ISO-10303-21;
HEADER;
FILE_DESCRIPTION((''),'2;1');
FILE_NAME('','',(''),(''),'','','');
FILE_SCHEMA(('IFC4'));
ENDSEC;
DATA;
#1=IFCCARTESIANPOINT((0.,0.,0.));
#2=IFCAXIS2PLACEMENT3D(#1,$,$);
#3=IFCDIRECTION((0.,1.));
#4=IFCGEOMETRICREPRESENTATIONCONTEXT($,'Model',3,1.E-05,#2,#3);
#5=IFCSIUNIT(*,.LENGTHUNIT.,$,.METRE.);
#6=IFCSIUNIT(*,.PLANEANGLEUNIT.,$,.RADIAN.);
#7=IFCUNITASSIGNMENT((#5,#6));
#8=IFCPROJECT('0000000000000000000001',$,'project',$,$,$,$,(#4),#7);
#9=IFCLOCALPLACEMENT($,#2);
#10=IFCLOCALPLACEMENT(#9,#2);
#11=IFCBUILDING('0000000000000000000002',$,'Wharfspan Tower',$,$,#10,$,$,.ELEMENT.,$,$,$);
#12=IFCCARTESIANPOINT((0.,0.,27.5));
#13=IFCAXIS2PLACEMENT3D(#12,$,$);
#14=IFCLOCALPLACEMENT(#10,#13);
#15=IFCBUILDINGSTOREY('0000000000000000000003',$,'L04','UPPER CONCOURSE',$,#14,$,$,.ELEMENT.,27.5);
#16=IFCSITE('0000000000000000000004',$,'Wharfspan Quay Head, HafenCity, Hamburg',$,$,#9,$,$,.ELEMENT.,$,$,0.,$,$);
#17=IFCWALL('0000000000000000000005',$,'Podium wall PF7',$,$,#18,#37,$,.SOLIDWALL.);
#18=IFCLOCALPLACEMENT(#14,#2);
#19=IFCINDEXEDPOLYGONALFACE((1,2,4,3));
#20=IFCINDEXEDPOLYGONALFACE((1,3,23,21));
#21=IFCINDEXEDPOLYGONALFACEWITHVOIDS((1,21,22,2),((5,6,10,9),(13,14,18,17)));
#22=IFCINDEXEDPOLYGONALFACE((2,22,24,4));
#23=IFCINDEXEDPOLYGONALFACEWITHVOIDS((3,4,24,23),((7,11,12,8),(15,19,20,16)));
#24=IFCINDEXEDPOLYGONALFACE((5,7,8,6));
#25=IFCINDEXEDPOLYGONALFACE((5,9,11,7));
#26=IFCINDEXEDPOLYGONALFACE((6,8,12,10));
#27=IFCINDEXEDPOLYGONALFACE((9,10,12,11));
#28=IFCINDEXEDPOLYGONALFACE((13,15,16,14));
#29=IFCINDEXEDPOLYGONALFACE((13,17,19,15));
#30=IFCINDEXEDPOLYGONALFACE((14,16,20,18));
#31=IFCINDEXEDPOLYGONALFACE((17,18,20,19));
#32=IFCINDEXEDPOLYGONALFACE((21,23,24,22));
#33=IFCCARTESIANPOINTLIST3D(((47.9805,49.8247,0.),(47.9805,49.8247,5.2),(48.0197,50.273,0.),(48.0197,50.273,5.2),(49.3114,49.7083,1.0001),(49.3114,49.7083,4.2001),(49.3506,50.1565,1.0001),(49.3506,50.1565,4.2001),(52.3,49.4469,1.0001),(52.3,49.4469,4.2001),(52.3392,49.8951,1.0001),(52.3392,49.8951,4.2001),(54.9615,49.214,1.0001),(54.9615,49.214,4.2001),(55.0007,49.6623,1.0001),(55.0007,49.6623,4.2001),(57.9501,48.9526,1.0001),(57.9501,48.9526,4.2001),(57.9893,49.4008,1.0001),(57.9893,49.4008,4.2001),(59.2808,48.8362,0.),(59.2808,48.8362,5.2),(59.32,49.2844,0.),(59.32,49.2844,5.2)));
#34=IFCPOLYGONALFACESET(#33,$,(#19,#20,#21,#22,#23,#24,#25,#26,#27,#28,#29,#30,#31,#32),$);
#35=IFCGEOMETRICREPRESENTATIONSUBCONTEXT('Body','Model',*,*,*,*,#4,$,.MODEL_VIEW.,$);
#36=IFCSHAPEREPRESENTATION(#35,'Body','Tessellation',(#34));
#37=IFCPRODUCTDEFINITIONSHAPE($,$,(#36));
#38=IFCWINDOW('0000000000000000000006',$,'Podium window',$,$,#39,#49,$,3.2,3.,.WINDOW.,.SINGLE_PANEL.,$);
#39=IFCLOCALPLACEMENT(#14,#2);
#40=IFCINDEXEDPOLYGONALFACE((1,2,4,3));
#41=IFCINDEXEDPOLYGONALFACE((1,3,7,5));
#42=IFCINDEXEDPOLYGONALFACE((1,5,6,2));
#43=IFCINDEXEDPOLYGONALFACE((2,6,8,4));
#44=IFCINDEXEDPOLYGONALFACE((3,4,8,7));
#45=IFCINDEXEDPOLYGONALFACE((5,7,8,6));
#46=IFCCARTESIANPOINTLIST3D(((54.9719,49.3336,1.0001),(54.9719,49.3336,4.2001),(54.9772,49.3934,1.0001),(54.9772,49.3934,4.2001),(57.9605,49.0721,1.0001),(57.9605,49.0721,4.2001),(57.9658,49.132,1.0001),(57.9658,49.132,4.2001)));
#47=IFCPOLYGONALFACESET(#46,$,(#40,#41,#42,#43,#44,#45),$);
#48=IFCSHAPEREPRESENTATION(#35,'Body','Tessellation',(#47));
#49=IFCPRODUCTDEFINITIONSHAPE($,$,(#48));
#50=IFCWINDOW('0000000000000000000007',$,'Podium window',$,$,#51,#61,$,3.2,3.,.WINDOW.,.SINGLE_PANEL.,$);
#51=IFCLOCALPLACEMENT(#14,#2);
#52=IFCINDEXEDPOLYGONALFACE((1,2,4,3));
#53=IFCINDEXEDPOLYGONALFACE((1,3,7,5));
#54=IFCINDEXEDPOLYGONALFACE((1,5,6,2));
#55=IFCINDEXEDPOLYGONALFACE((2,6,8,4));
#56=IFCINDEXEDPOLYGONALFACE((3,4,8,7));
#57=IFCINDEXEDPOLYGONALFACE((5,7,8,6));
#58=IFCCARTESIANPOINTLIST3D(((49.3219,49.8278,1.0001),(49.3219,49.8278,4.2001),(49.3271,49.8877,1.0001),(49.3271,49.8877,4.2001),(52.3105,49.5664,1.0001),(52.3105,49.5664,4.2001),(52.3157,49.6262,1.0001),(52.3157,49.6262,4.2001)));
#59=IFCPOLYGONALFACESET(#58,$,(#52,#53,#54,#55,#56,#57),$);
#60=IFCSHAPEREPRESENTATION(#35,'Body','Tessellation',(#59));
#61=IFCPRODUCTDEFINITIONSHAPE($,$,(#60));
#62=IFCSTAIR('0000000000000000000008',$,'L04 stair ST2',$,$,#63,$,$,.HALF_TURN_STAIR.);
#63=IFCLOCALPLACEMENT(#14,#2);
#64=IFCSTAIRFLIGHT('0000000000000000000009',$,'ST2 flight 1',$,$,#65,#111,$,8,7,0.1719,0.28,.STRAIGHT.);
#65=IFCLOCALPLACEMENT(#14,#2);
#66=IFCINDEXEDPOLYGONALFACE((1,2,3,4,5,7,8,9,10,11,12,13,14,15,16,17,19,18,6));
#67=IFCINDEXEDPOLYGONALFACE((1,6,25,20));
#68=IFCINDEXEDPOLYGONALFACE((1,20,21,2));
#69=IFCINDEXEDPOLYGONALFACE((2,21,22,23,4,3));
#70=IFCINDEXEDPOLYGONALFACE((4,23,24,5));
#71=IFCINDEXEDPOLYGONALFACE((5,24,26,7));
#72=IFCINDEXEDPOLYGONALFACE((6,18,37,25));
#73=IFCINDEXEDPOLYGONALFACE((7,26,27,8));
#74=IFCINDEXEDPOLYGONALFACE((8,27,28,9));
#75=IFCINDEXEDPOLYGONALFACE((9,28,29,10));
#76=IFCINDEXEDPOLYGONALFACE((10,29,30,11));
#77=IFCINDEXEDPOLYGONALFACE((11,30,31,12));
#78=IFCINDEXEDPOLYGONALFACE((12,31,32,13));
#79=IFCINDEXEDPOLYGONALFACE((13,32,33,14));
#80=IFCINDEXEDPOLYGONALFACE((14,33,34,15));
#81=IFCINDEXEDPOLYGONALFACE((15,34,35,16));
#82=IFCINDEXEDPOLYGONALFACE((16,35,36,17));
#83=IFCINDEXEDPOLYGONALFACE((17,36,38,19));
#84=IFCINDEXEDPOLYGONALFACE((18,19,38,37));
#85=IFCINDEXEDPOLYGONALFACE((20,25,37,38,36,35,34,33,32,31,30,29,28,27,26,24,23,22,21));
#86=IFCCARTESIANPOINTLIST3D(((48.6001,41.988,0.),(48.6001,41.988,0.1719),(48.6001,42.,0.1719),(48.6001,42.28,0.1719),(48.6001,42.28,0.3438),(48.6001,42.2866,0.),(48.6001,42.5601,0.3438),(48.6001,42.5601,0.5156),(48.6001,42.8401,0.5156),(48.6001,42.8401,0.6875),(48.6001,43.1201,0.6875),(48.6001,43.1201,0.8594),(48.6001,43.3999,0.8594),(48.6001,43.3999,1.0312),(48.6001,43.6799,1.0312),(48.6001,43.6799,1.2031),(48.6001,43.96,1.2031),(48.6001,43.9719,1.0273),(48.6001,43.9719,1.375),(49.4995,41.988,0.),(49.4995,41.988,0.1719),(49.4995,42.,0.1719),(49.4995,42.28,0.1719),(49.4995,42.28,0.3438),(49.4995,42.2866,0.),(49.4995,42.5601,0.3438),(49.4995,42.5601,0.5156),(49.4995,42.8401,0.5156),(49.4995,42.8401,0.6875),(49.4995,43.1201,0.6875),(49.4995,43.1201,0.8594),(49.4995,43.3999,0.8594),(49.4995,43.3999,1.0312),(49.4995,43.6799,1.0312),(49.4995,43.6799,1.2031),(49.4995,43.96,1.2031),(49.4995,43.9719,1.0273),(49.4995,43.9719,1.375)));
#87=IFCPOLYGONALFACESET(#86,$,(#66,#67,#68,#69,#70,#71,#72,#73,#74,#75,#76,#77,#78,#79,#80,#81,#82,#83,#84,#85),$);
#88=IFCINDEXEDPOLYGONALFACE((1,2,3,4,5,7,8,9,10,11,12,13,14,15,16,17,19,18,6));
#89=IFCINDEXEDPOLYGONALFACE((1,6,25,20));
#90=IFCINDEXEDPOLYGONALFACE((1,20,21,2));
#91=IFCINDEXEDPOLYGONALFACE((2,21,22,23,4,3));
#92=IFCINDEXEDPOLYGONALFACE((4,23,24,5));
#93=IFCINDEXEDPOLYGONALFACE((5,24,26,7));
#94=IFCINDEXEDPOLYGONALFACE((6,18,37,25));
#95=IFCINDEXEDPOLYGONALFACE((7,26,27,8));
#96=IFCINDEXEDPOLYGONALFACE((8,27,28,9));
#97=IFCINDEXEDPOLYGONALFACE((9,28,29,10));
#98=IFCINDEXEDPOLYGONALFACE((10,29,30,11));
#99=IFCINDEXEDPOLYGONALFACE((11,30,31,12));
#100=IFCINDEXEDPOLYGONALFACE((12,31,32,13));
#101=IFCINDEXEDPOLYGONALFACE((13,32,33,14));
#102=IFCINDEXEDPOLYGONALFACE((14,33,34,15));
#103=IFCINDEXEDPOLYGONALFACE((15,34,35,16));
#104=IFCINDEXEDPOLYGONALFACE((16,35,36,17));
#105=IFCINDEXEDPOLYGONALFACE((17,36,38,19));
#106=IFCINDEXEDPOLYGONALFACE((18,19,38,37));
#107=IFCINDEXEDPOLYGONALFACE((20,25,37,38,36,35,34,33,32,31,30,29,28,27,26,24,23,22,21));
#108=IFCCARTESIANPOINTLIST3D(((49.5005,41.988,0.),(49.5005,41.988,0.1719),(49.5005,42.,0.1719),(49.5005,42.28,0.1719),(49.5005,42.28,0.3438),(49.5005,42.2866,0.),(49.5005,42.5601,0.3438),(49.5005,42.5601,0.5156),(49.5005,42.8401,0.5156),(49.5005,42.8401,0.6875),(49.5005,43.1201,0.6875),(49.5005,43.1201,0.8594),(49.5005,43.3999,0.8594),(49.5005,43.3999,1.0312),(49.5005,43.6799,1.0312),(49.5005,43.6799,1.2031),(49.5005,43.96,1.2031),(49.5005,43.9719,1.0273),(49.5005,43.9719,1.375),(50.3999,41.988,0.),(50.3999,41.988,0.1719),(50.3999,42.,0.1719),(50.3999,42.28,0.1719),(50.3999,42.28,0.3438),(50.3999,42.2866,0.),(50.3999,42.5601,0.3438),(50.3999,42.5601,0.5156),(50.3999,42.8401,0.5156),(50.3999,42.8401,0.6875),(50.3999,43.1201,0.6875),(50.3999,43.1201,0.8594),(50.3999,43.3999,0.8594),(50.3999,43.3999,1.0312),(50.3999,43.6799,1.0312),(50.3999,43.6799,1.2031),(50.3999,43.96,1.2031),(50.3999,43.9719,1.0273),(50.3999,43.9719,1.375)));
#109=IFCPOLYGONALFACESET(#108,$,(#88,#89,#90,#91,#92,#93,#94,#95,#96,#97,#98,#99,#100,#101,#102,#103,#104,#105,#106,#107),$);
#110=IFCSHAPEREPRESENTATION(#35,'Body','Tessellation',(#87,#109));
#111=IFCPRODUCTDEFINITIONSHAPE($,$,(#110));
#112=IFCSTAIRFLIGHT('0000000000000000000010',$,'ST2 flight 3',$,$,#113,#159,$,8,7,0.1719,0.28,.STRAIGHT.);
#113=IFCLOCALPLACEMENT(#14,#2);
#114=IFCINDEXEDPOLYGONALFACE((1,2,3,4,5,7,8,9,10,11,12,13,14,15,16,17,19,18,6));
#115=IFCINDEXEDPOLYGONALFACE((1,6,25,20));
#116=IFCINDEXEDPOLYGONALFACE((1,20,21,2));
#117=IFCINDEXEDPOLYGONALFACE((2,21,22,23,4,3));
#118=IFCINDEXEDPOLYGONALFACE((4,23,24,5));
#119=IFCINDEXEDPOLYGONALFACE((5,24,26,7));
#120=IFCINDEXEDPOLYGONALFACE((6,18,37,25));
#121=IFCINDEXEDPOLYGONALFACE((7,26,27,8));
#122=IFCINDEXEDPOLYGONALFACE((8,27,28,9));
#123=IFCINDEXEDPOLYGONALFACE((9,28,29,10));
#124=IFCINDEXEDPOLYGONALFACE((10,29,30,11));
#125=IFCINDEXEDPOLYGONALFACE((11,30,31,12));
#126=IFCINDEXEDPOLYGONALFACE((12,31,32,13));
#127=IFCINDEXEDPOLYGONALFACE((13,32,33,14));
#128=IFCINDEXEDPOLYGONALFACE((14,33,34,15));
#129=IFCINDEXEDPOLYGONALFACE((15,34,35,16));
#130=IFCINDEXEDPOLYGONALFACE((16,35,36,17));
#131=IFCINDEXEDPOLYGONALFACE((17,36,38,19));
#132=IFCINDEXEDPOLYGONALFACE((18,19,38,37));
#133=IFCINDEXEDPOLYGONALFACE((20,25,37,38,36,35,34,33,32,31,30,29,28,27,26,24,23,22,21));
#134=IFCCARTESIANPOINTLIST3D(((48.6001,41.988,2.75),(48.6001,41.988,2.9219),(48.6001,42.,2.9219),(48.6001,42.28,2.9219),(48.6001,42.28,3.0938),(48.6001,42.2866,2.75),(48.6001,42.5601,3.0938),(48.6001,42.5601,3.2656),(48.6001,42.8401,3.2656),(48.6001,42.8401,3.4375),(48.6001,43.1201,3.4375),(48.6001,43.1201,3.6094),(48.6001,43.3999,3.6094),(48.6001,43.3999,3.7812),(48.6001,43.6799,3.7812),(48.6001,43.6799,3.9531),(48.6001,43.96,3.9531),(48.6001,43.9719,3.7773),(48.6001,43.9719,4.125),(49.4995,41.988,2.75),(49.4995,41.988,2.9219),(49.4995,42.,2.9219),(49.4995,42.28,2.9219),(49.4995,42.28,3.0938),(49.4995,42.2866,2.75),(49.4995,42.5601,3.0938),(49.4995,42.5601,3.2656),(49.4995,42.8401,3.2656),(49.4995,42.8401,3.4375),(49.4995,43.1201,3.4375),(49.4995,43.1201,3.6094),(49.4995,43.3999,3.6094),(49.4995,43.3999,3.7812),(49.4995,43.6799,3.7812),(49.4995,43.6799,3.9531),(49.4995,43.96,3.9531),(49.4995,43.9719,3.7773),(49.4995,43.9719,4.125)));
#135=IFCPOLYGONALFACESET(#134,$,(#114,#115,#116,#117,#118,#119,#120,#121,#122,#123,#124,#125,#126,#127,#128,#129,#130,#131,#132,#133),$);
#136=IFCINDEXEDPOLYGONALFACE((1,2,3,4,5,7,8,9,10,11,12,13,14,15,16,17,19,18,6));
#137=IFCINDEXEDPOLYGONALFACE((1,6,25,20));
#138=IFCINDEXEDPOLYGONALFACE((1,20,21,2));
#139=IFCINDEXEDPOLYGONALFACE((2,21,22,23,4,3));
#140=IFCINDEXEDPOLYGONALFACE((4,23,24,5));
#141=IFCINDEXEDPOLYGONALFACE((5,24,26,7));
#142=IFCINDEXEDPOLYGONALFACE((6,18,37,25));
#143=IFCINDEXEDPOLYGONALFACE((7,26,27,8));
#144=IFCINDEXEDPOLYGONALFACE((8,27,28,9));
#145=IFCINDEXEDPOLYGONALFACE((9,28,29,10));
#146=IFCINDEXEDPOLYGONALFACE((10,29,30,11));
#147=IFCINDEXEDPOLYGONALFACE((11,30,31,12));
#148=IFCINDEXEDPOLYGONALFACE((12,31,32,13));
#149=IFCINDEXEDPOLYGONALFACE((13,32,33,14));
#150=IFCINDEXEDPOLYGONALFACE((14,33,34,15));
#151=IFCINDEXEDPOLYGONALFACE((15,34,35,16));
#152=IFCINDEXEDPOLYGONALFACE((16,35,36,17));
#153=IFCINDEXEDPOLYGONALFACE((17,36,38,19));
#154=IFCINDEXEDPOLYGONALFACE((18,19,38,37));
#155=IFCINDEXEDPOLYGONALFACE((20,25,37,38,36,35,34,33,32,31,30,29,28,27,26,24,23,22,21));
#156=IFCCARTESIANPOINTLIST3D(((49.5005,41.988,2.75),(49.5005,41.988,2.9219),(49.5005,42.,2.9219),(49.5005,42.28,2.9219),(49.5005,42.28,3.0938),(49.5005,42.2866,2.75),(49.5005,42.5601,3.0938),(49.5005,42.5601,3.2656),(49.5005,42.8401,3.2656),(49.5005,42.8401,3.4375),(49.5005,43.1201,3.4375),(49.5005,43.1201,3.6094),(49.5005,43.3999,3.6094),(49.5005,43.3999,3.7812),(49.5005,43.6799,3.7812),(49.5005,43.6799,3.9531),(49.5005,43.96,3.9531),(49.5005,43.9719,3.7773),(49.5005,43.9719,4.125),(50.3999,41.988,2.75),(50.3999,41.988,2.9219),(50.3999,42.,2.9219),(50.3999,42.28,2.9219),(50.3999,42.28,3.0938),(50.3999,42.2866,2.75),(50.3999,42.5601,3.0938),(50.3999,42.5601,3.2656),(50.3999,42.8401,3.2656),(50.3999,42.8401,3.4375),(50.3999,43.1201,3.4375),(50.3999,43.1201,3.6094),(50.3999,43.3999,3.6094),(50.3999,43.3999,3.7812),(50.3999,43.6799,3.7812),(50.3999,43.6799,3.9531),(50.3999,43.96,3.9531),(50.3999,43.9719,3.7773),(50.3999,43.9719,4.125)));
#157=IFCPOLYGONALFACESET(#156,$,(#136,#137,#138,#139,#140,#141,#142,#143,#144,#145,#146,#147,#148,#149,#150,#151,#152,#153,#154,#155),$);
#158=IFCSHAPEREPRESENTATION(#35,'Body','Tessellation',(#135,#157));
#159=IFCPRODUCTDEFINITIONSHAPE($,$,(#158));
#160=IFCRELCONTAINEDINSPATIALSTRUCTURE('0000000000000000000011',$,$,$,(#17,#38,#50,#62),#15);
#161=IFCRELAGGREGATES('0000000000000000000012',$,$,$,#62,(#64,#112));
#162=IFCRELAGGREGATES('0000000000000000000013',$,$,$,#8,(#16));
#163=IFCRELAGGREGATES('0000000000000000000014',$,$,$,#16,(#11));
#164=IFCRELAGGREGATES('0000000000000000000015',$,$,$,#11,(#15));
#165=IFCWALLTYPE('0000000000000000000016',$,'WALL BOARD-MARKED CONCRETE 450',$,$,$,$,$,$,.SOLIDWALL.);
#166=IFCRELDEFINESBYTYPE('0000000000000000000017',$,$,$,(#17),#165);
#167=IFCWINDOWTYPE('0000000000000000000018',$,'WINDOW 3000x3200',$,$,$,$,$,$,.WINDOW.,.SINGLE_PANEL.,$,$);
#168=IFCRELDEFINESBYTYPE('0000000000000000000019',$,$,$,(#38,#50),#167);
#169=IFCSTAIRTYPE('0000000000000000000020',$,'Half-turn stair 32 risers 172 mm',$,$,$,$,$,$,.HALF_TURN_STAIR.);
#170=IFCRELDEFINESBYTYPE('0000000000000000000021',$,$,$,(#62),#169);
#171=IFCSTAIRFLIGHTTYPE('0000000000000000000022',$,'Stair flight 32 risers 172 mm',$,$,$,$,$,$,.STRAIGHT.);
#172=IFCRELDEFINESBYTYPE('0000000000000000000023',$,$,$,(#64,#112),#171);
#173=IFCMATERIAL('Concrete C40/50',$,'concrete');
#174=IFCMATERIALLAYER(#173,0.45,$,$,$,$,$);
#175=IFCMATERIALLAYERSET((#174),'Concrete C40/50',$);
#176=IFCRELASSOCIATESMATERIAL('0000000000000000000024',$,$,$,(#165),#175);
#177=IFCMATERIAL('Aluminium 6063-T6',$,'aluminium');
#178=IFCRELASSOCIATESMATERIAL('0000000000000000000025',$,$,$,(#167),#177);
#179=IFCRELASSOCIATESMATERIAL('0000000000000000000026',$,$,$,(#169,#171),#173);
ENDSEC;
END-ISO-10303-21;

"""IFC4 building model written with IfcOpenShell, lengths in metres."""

from ifc_helpers import new_model, si_unit, direction, frame, frame_2d, origin, place, context, subcontext, project, spatial, polyline, rectangle, outline, extrude, material, layer, layer_set, type_object, element, fill, aggregate, save


model = new_model("IFC4")

# Units and contexts
model_context = context("Model", 3, precision=1e-05, world=origin(), true_north=direction((0.0, 1.0)))
body_context = subcontext(model_context, "Body", "Model", "MODEL_VIEW")
ifc_project = project(units=[si_unit("LENGTHUNIT", "METRE"), si_unit("PLANEANGLEUNIT", "RADIAN")], contexts=[model_context])

# Site, building, storey
site_placement = place(None, origin())
site = spatial("IfcSite", under=ifc_project, at=site_placement, Name="Wharfspan Quay Head, HafenCity, Hamburg", CompositionType="ELEMENT", RefElevation=0.0)
building_placement = place(site_placement, origin())
building = spatial("IfcBuilding", under=site, at=building_placement, Name="Wharfspan Tower", CompositionType="ELEMENT")
storey_placement = place(building_placement, frame((0.0, 0.0, 27.5)))
storey = spatial("IfcBuildingStorey", under=building, at=storey_placement, Name="L04", Description="UPPER CONCOURSE", CompositionType="ELEMENT", Elevation=27.5)

# Wall, openings, windows
ifc_material_1 = material(Name="Concrete C40/50", Category="concrete")
ifc_layer_1 = layer(ifc_material_1, 0.45)
ifc_layer_set_1 = layer_set([ifc_layer_1], Name="Concrete C40/50")
wall_type_1 = type_object("IfcWallType", Name="WALL BOARD-MARKED CONCRETE 450", PredefinedType="SOLIDWALL", material=ifc_layer_set_1)
wall_1_placement = place(storey_placement, frame((59.3005, 49.0603, 0.0), z_axis=(0.0, 0.0, 1.0), x_axis=(-0.996195, 0.087145, 0.0)))
wall_1 = element("IfcWall", 1, at=wall_1_placement, inside=storey, type_object=wall_type_1, Name="Podium wall PF7", PredefinedType="SOLIDWALL", context=body_context, shape_type="SweptSolid", body=[
    extrude(rectangle(XDim=11.3435, YDim=0.45, at=frame_2d((5.6719, 0.0))), origin(), (0.0, 0.0, 1.0), 5.2),
])
opening_1_placement = place(wall_1_placement, frame((1.3359, 0.0, 1.0)))
opening_1 = element("IfcOpeningElement", 2, at=opening_1_placement, cuts=wall_1, PredefinedType="OPENING", context=body_context, shape_type="SweptSolid", body=[
    extrude(rectangle(XDim=3.0, YDim=3.2, at=frame_2d((1.5, 1.6001))), frame((0.0, 0.2349, 0.0), z_axis=(0.0, -1.0, 0.0), x_axis=(1.0, 0.0, 0.0)), (0.0, 0.0, 1.0), 0.47),
])
opening_2_placement = place(wall_1_placement, frame((7.0076, 0.0, 1.0)))
opening_2 = element("IfcOpeningElement", 3, at=opening_2_placement, cuts=wall_1, PredefinedType="OPENING", context=body_context, shape_type="SweptSolid", body=[
    extrude(rectangle(XDim=3.0, YDim=3.2, at=frame_2d((1.5, 1.6001))), frame((0.0, 0.2349, 0.0), z_axis=(0.0, -1.0, 0.0), x_axis=(1.0, 0.0, 0.0)), (0.0, 0.0, 1.0), 0.47),
])
ifc_material_2 = material(Name="Aluminium 6063-T6", Category="aluminium")
window_type = type_object("IfcWindowType", Name="WINDOW 3000x3200", PartitioningType="SINGLE_PANEL", PredefinedType="WINDOW", material=ifc_material_2)
window_1_placement = place(opening_1_placement, origin())
window_1 = element("IfcWindow", 4, at=window_1_placement, inside=storey, type_object=window_type, Name="Podium window", OverallHeight=3.2, OverallWidth=3.0, PartitioningType="SINGLE_PANEL", PredefinedType="WINDOW", context=body_context, shape_type="SweptSolid", body=[
    extrude(rectangle(XDim=3.0, YDim=3.2, at=frame_2d((1.5, 1.6001))), frame((0.0, 0.105, 0.0), z_axis=(0.0, -1.0, 0.0), x_axis=(1.0, 0.0, 0.0)), (0.0, 0.0, 1.0), 0.0601),
])
fill(opening_1, window_1)
window_2_placement = place(opening_2_placement, origin())
window_2 = element("IfcWindow", 5, at=window_2_placement, inside=storey, type_object=window_type, Name="Podium window", OverallHeight=3.2, OverallWidth=3.0, PartitioningType="SINGLE_PANEL", PredefinedType="WINDOW", context=body_context, shape_type="SweptSolid", body=[
    extrude(rectangle(XDim=3.0, YDim=3.2, at=frame_2d((1.5, 1.6001))), frame((0.0, 0.105, 0.0), z_axis=(0.0, -1.0, 0.0), x_axis=(1.0, 0.0, 0.0)), (0.0, 0.0, 1.0), 0.0601),
])
fill(opening_2, window_2)

# Stair, stair flights
stair_type = type_object("IfcStairType", Name="Half-turn stair 32 risers 172 mm", PredefinedType="HALF_TURN_STAIR", material=ifc_material_1)
stair_placement = place(storey_placement, origin())
stair = element("IfcStair", 6, at=stair_placement, inside=storey, type_object=stair_type, Name="L04 stair ST2", PredefinedType="HALF_TURN_STAIR")
stair_flight_type = type_object("IfcStairFlightType", Name="Stair flight 32 risers 172 mm", PredefinedType="STRAIGHT", material=ifc_material_1)
stair_flight_1_placement = place(storey_placement, frame((49.5, 42.0, 0.0), z_axis=(0.0, 0.0, 1.0), x_axis=(0.0, 1.0, 0.0)))
stair_flight_1 = element("IfcStairFlight", 7, at=stair_flight_1_placement, type_object=stair_flight_type, Name="ST2 flight 1", NumberOfRisers=8, NumberOfTreads=7, PredefinedType="STRAIGHT", RiserHeight=0.1719, TreadLength=0.28, context=body_context, shape_type="SweptSolid", body=[
    extrude(outline(polyline([(-0.012, 0.0), (-0.012, 0.1719), (0.0, 0.1719), (0.28, 0.1719), (0.28, 0.3438), (0.5601, 0.3438), (0.5601, 0.5156), (0.8401, 0.5156), (0.8401, 0.6875), (1.1201, 0.6875), (1.1201, 0.8594), (1.3999, 0.8594), (1.3999, 1.0312), (1.6799, 1.0312), (1.6799, 1.2031), (1.96, 1.2031), (1.9719, 1.375), (1.9719, 1.0273), (0.2866, 0.0), (-0.012, 0.0)])), frame((0.0, 0.8999, 0.0), z_axis=(0.0, -1.0, 0.0), x_axis=(1.0, 0.0, 0.0)), (0.0, 0.0, 1.0), 0.8994),
    extrude(outline(polyline([(-0.012, 0.0), (-0.012, 0.1719), (0.0, 0.1719), (0.28, 0.1719), (0.28, 0.3438), (0.5601, 0.3438), (0.5601, 0.5156), (0.8401, 0.5156), (0.8401, 0.6875), (1.1201, 0.6875), (1.1201, 0.8594), (1.3999, 0.8594), (1.3999, 1.0312), (1.6799, 1.0312), (1.6799, 1.2031), (1.96, 1.2031), (1.9719, 1.375), (1.9719, 1.0273), (0.2866, 0.0), (-0.012, 0.0)])), frame((0.0, -0.0005, 0.0), z_axis=(0.0, -1.0, 0.0), x_axis=(1.0, 0.0, 0.0)), (0.0, 0.0, 1.0), 0.8994),
])
stair_flight_2_placement = place(storey_placement, frame((49.5, 42.0, 2.75), z_axis=(0.0, 0.0, 1.0), x_axis=(0.0, 1.0, 0.0)))
stair_flight_2 = element("IfcStairFlight", 8, at=stair_flight_2_placement, type_object=stair_flight_type, Name="ST2 flight 3", NumberOfRisers=8, NumberOfTreads=7, PredefinedType="STRAIGHT", RiserHeight=0.1719, TreadLength=0.28, context=body_context, shape_type="SweptSolid", body=[
    extrude(outline(polyline([(-0.012, 0.0), (-0.012, 0.1719), (0.0, 0.1719), (0.28, 0.1719), (0.28, 0.3438), (0.5601, 0.3438), (0.5601, 0.5156), (0.8401, 0.5156), (0.8401, 0.6875), (1.1201, 0.6875), (1.1201, 0.8594), (1.3999, 0.8594), (1.3999, 1.0312), (1.6799, 1.0312), (1.6799, 1.2031), (1.96, 1.2031), (1.9719, 1.375), (1.9719, 1.0273), (0.2866, 0.0), (-0.012, 0.0)])), frame((0.0, 0.8999, 0.0), z_axis=(0.0, -1.0, 0.0), x_axis=(1.0, 0.0, 0.0)), (0.0, 0.0, 1.0), 0.8994),
    extrude(outline(polyline([(-0.012, 0.0), (-0.012, 0.1719), (0.0, 0.1719), (0.28, 0.1719), (0.28, 0.3438), (0.5601, 0.3438), (0.5601, 0.5156), (0.8401, 0.5156), (0.8401, 0.6875), (1.1201, 0.6875), (1.1201, 0.8594), (1.3999, 0.8594), (1.3999, 1.0312), (1.6799, 1.0312), (1.6799, 1.2031), (1.96, 1.2031), (1.9719, 1.375), (1.9719, 1.0273), (0.2866, 0.0), (-0.012, 0.0)])), frame((0.0, -0.0005, 0.0), z_axis=(0.0, -1.0, 0.0), x_axis=(1.0, 0.0, 0.0)), (0.0, 0.0, 1.0), 0.8994),
])
aggregate(stair, [stair_flight_1, stair_flight_2])

save(model, "model.ifc")
